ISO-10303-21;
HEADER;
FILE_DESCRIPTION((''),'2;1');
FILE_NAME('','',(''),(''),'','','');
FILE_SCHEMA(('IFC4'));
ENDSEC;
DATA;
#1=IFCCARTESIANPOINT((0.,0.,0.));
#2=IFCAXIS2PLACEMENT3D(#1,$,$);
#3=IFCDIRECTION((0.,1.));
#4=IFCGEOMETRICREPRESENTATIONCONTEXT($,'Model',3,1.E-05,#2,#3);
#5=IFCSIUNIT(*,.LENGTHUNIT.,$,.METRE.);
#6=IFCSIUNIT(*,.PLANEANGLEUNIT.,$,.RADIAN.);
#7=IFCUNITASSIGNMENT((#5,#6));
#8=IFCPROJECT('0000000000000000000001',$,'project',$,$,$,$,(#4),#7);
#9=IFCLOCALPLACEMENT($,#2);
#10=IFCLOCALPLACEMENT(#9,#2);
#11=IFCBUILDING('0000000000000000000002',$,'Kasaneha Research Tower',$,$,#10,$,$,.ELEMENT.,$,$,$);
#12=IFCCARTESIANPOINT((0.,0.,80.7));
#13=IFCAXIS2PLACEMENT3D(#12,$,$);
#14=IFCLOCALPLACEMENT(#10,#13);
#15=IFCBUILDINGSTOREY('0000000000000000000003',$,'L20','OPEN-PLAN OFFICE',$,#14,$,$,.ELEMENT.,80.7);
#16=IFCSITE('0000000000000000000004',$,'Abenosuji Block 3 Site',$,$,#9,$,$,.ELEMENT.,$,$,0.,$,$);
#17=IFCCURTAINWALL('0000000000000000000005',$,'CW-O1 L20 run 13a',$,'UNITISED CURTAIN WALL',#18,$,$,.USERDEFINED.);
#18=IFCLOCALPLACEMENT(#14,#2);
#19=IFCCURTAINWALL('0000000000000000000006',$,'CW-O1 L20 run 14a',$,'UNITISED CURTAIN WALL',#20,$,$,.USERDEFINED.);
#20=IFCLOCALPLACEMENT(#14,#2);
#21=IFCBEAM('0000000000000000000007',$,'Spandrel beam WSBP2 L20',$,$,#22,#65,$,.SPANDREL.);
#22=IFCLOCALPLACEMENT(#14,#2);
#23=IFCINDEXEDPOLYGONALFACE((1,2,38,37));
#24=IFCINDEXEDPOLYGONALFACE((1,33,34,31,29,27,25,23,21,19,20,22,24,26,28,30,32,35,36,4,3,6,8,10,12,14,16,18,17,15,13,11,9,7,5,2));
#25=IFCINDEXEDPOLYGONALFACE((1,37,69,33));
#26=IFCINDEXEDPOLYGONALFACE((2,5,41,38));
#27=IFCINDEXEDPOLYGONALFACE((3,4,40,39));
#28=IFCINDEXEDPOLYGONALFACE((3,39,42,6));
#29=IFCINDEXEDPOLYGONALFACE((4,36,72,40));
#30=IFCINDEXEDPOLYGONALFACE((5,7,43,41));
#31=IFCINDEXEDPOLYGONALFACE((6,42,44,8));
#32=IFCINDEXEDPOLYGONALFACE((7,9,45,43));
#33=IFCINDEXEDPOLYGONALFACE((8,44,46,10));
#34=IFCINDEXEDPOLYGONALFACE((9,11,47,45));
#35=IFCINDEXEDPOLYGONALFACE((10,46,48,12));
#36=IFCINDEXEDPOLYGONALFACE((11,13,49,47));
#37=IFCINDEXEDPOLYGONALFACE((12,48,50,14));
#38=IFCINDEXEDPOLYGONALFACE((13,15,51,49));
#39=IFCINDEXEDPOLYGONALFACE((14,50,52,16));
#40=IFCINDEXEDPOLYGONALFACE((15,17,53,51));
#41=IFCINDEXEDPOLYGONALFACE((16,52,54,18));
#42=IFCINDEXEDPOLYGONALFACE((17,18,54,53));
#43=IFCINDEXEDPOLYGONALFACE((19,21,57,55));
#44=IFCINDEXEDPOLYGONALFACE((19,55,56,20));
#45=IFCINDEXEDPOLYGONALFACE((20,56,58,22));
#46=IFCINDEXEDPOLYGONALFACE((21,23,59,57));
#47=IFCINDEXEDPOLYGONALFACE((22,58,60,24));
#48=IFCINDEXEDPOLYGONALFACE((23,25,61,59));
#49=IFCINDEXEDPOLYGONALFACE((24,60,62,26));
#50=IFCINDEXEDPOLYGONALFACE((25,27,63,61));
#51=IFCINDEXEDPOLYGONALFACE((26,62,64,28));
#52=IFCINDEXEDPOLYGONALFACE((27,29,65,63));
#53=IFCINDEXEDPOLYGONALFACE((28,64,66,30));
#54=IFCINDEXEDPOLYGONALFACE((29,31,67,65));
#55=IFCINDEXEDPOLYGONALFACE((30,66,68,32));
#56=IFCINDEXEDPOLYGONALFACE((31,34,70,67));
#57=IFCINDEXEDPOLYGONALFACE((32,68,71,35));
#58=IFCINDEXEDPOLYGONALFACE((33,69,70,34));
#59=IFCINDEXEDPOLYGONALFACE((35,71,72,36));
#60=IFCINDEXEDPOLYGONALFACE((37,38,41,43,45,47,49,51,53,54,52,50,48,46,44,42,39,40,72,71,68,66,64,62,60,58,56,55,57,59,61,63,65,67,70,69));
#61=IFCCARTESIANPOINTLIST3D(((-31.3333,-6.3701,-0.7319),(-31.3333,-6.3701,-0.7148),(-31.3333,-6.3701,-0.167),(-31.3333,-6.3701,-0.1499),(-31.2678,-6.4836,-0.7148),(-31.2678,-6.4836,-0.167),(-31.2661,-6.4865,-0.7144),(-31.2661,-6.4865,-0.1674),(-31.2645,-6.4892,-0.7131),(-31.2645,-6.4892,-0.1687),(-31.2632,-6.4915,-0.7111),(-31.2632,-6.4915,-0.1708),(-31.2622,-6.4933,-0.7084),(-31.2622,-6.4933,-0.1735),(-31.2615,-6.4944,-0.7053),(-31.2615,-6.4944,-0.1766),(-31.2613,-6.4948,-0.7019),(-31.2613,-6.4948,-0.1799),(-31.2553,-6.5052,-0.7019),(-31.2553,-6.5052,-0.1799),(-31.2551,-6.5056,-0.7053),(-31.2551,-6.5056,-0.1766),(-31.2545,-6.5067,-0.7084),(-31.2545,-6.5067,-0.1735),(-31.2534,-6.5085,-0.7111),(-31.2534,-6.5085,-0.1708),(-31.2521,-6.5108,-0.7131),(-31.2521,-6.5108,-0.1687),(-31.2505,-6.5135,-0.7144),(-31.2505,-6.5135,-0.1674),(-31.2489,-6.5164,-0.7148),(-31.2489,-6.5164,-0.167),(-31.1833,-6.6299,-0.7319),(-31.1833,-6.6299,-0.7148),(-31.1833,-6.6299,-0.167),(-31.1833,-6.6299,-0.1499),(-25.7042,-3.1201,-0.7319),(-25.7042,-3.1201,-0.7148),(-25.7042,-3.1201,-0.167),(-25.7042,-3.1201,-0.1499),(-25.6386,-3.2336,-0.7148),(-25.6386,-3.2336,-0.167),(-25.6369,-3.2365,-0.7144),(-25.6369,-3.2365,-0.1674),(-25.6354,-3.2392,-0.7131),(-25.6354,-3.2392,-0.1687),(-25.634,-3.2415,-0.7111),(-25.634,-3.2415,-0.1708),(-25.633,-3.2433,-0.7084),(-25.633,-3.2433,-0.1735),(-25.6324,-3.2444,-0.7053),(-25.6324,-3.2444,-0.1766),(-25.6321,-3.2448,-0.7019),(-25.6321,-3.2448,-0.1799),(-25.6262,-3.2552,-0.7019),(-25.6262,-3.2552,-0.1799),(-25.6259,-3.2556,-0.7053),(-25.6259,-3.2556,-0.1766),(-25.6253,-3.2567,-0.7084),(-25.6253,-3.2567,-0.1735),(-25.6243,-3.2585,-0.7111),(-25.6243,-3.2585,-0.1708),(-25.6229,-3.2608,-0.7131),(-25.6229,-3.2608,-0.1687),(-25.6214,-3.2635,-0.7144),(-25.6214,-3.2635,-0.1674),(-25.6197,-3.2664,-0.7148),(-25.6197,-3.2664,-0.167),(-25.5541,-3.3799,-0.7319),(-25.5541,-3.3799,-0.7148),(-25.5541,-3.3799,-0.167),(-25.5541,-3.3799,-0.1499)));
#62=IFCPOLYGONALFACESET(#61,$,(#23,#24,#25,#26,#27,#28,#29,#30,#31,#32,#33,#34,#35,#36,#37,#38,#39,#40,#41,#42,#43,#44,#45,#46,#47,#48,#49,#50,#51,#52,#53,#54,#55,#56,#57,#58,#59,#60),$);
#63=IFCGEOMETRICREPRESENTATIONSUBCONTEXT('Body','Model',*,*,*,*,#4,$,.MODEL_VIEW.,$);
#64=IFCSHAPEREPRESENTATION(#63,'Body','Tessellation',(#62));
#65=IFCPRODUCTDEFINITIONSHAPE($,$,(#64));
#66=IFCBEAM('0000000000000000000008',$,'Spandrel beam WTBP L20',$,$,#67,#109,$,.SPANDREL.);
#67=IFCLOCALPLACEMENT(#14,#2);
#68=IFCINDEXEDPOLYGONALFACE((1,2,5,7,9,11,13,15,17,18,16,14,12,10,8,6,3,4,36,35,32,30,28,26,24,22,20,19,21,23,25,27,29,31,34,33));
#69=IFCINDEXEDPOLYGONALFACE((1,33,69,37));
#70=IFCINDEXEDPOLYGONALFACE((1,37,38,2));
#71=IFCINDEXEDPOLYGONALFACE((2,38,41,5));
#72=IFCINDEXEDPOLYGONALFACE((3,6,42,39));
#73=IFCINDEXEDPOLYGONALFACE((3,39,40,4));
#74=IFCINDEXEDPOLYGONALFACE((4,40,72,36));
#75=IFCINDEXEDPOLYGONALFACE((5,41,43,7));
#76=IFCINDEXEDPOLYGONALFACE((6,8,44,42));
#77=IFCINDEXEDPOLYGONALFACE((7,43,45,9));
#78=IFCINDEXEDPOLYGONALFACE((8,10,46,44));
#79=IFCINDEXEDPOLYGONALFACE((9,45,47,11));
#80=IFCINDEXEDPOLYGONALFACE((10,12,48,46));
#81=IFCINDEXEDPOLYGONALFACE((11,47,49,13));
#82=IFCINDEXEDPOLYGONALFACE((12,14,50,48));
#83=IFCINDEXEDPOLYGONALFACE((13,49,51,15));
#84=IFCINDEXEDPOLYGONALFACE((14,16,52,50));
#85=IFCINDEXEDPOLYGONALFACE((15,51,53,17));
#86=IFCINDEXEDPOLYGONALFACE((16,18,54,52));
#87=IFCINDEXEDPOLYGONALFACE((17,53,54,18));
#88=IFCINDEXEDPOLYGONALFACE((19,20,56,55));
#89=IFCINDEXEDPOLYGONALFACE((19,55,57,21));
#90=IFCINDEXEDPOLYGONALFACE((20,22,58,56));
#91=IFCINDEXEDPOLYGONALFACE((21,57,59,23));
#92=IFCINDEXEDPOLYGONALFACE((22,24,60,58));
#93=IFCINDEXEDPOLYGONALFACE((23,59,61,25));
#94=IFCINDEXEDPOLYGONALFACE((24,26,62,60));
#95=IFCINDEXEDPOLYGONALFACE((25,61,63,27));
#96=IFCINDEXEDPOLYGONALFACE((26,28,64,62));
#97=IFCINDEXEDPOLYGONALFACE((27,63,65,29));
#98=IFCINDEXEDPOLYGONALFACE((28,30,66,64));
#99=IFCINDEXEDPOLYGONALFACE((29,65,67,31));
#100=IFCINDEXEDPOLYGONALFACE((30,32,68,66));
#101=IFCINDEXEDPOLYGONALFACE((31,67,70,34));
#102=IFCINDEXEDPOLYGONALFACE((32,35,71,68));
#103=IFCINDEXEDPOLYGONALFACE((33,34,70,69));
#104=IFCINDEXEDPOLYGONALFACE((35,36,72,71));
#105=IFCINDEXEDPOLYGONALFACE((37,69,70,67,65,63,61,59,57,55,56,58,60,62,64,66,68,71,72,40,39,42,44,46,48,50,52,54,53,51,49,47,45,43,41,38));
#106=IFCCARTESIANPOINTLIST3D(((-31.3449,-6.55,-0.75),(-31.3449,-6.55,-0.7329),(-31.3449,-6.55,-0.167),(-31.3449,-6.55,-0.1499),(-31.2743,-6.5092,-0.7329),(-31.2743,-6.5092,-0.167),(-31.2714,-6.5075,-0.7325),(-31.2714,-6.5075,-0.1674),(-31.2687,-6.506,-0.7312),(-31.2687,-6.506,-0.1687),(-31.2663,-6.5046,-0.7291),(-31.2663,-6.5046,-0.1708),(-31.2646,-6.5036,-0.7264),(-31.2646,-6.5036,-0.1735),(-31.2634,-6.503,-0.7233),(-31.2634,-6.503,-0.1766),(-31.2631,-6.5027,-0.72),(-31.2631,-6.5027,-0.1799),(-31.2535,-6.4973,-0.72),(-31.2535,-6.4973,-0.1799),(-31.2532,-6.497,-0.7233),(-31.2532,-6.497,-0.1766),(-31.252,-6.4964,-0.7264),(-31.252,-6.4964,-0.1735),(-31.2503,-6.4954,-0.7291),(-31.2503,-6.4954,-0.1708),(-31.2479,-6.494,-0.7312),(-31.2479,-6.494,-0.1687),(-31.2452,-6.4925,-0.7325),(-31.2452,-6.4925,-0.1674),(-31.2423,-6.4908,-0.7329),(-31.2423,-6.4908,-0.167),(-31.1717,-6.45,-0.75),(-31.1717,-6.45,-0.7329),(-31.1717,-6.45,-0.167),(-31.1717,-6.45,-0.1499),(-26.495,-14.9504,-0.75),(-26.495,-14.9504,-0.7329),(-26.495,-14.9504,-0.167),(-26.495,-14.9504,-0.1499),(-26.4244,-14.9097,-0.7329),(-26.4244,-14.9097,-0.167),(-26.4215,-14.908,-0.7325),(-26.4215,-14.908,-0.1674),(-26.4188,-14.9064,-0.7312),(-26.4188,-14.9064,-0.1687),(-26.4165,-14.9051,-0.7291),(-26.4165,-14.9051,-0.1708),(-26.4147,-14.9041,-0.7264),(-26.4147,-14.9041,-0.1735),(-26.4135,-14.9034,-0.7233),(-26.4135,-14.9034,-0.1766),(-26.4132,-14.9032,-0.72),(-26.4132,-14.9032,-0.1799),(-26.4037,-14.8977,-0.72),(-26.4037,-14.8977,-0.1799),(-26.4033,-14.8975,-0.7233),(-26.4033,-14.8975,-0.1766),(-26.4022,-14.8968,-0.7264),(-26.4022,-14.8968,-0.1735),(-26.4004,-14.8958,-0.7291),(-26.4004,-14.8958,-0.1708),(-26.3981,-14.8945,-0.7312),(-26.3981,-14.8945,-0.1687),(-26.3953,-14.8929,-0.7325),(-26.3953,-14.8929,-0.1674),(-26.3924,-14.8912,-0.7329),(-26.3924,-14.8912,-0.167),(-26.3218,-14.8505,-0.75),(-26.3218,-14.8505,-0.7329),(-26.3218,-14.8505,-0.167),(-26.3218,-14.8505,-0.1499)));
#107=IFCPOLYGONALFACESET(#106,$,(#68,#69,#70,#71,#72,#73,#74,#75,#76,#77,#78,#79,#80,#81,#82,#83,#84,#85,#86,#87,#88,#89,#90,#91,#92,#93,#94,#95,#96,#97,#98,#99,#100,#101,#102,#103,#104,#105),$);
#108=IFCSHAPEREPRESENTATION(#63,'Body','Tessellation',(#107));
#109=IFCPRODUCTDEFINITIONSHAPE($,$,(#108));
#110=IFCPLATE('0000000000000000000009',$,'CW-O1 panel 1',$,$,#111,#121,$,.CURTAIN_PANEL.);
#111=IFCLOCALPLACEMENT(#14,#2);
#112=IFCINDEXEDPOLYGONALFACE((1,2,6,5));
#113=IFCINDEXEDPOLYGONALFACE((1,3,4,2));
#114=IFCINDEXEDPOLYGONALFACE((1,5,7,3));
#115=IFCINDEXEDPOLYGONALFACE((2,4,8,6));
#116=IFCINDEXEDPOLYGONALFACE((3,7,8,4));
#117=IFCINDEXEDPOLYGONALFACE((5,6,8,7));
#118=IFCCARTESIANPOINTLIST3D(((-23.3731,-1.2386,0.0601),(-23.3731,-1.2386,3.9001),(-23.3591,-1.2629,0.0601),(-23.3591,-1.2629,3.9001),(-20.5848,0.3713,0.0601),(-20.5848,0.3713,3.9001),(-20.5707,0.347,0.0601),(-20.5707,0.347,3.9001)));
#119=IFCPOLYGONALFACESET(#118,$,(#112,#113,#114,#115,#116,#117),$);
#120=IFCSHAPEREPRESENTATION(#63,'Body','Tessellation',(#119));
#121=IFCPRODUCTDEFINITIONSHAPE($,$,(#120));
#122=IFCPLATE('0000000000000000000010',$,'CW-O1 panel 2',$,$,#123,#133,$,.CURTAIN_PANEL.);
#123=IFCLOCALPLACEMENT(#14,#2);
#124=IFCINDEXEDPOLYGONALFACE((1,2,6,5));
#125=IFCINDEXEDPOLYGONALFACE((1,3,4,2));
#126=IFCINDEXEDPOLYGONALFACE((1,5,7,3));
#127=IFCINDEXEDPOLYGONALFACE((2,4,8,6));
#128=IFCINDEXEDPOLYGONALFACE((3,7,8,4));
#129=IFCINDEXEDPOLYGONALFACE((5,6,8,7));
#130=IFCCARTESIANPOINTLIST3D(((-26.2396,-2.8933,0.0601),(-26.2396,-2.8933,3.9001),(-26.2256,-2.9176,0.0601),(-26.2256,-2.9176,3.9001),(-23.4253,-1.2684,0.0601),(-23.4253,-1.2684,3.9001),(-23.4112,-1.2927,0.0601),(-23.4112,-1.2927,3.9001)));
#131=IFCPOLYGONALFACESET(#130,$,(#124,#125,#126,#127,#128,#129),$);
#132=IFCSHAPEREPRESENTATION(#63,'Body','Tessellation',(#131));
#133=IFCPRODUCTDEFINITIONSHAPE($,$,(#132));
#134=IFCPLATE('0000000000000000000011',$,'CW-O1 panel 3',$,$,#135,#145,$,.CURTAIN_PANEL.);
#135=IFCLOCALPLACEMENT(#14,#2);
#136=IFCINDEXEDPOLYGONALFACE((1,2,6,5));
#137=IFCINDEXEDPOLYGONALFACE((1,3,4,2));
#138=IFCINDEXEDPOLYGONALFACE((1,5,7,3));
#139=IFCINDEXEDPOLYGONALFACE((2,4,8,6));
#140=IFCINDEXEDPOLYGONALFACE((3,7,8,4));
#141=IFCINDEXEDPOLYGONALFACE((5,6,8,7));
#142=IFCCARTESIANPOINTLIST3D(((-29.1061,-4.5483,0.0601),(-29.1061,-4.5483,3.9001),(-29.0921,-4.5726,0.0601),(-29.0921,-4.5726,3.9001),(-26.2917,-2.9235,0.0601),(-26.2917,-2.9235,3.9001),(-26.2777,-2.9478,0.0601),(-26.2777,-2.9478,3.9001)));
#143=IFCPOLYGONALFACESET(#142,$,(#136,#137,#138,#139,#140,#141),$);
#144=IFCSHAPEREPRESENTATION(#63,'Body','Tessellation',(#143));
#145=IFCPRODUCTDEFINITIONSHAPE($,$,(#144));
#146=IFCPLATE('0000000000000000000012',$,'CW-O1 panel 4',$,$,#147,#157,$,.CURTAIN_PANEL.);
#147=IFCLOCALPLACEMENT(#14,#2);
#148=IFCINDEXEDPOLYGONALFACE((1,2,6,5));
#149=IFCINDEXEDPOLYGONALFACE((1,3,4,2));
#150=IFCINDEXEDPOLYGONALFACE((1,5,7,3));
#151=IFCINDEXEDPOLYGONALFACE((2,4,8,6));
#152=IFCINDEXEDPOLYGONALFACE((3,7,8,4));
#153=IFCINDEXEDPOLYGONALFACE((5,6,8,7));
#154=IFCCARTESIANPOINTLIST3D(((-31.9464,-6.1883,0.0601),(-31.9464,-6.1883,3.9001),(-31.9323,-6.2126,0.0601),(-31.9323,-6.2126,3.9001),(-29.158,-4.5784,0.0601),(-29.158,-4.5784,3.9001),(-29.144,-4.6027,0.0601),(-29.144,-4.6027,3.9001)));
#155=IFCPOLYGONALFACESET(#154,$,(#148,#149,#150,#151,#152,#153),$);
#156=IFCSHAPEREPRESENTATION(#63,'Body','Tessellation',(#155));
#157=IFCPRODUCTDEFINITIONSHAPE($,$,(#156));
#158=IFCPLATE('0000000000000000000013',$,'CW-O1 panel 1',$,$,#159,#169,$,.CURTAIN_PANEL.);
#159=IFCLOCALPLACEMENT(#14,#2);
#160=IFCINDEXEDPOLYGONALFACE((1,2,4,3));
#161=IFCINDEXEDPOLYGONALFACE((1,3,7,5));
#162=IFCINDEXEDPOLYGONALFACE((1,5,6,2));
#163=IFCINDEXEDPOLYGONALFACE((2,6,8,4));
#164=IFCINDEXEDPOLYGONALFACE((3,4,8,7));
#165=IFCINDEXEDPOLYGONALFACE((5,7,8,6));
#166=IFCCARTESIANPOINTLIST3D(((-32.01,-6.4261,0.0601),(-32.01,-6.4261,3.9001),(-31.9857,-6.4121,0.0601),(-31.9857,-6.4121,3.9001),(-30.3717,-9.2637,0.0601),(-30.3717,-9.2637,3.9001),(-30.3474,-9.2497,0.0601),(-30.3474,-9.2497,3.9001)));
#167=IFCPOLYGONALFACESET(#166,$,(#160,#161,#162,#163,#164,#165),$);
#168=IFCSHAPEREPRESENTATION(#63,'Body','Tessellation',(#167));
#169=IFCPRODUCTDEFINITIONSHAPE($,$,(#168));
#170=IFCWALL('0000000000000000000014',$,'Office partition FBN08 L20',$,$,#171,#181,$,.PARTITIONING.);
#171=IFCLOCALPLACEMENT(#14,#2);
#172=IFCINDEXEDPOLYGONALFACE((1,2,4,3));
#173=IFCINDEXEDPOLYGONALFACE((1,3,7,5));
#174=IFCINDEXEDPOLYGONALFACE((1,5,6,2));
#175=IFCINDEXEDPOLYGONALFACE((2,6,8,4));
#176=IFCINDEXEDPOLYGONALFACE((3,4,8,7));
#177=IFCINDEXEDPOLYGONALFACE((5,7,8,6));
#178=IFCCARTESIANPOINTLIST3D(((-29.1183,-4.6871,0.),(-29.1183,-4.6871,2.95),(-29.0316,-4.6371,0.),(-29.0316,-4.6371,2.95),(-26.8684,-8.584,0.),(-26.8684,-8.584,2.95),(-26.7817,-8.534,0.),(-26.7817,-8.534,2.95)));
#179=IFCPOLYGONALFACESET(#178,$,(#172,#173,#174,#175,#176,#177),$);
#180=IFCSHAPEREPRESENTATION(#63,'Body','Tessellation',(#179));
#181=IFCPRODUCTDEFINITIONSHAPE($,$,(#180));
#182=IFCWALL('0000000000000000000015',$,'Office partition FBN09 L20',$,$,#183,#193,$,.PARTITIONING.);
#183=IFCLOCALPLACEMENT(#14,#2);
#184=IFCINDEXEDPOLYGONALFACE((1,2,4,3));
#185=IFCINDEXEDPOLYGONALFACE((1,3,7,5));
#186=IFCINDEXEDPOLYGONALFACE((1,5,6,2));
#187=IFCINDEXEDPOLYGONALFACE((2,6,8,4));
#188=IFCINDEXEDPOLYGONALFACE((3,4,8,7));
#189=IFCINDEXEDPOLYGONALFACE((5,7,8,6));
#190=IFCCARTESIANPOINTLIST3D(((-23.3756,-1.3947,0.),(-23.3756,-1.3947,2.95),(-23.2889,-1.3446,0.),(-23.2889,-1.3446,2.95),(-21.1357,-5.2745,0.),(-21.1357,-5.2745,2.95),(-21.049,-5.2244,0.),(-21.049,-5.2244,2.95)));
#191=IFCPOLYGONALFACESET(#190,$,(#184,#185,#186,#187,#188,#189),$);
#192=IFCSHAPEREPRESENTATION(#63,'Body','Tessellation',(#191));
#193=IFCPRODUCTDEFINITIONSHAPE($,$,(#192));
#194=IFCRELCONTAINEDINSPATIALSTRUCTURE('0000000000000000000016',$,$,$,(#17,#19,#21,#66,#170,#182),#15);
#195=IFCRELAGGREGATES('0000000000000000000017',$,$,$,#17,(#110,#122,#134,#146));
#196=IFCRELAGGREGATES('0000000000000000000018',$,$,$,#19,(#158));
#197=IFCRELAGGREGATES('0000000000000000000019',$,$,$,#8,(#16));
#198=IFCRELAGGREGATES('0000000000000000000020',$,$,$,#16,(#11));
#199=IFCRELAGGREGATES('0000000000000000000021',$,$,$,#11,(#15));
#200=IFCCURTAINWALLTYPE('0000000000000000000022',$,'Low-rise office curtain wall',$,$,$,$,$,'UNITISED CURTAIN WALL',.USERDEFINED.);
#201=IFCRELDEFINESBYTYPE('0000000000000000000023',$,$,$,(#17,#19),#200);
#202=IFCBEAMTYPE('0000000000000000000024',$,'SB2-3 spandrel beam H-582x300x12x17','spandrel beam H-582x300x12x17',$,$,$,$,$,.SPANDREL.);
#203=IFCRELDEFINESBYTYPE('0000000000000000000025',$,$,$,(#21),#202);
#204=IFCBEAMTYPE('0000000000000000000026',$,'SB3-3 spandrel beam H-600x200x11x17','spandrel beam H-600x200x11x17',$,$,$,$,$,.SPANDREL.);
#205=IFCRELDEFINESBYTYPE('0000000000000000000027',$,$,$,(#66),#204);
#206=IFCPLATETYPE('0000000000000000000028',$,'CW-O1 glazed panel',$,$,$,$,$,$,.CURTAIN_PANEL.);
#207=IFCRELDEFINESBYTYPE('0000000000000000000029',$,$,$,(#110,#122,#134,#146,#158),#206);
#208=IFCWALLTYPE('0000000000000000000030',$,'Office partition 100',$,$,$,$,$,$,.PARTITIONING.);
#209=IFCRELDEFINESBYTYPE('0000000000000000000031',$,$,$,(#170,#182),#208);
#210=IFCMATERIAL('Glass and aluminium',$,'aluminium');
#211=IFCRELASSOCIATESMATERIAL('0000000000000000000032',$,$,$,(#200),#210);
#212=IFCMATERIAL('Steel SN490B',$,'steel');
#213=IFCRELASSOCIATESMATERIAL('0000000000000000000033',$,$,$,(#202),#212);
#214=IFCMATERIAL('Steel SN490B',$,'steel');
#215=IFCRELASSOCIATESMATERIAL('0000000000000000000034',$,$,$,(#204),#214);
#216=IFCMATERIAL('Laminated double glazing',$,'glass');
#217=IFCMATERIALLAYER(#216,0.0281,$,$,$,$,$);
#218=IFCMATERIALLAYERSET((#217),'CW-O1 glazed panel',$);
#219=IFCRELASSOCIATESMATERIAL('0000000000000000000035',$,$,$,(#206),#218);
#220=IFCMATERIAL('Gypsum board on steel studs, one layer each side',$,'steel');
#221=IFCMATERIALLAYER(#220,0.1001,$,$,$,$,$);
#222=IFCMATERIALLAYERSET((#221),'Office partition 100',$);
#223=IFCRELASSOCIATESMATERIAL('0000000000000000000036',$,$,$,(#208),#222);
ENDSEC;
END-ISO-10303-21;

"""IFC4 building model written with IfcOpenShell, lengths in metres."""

from ifc_helpers import new_model, si_unit, direction, frame, frame_2d, origin, origin_2d, place, context, subcontext, project, spatial, rectangle, i_section, extrude, material, layer, layer_set, material_profile, profile_set, type_object, element, aggregate, save


model = new_model("IFC4")

# Units and contexts
model_context = context("Model", 3, precision=1e-05, world=origin(), true_north=direction((0.0, 1.0)))
body_context = subcontext(model_context, "Body", "Model", "MODEL_VIEW")
ifc_project = project(units=[si_unit("LENGTHUNIT", "METRE"), si_unit("PLANEANGLEUNIT", "RADIAN")], contexts=[model_context])

# Site, building, storey
site_placement = place(None, origin())
site = spatial("IfcSite", under=ifc_project, at=site_placement, Name="Abenosuji Block 3 Site", CompositionType="ELEMENT", RefElevation=0.0)
building_placement = place(site_placement, origin())
building = spatial("IfcBuilding", under=site, at=building_placement, Name="Kasaneha Research Tower", CompositionType="ELEMENT")
storey_placement = place(building_placement, frame((0.0, 0.0, 80.7)))
storey = spatial("IfcBuildingStorey", under=building, at=storey_placement, Name="L20", Description="OPEN-PLAN OFFICE", CompositionType="ELEMENT", Elevation=80.7)

# Curtain walls
ifc_material_1 = material(Name="Glass and aluminium", Category="aluminium")
curtain_wall_type = type_object("IfcCurtainWallType", Name="Low-rise office curtain wall", ElementType="UNITISED CURTAIN WALL", PredefinedType="USERDEFINED", material=ifc_material_1)
curtain_wall_1_placement = place(storey_placement, origin())
curtain_wall_1 = element("IfcCurtainWall", 1, at=curtain_wall_1_placement, inside=storey, type_object=curtain_wall_type, Name="CW-O1 L20 run 13a", ObjectType="UNITISED CURTAIN WALL", PredefinedType="USERDEFINED")
curtain_wall_2_placement = place(storey_placement, origin())
curtain_wall_2 = element("IfcCurtainWall", 2, at=curtain_wall_2_placement, inside=storey, type_object=curtain_wall_type, Name="CW-O1 L20 run 14a", ObjectType="UNITISED CURTAIN WALL", PredefinedType="USERDEFINED")

# Beams
ifc_material_2 = material(Name="Steel SN490B", Category="steel")
ifc_material_profile_1 = material_profile(ifc_material_2, i_section(OverallWidth=0.3, OverallDepth=0.582, WebThickness=0.012, FlangeThickness=0.0171, FilletRadius=0.0129, at=origin_2d()), Name="H-582x300x12x17")
ifc_profile_set_1 = profile_set([ifc_material_profile_1], Name="Steel SN490B")
beam_type_1 = type_object("IfcBeamType", Name="SB2-3 spandrel beam H-582x300x12x17", Description="spandrel beam H-582x300x12x17", PredefinedType="SPANDREL", material=ifc_profile_set_1)
beam_1_placement = place(storey_placement, frame((-25.6292, -3.25, -0.4409), z_axis=(-0.866025, -0.500001, 0.0), x_axis=(0.500001, -0.866025, 0.0)))
element("IfcBeam", 3, at=beam_1_placement, inside=storey, type_object=beam_type_1, Name="Spandrel beam WSBP2 L20", PredefinedType="SPANDREL", context=body_context, shape_type="SweptSolid", body=[
    extrude(i_section(OverallWidth=0.3, OverallDepth=0.582, WebThickness=0.012, FlangeThickness=0.0171, FilletRadius=0.0129, at=origin_2d()), origin(), (0.0, 0.0, 1.0), 6.5),
])
ifc_material_3 = material(Name="Steel SN490B", Category="steel")
ifc_material_profile_2 = material_profile(ifc_material_3, i_section(OverallWidth=0.2, OverallDepth=0.6001, WebThickness=0.011, FlangeThickness=0.0171, FilletRadius=0.0129, at=origin_2d()), Name="H-600x200x11x17")
ifc_profile_set_2 = profile_set([ifc_material_profile_2], Name="Steel SN490B")
beam_type_2 = type_object("IfcBeamType", Name="SB3-3 spandrel beam H-600x200x11x17", Description="spandrel beam H-600x200x11x17", PredefinedType="SPANDREL", material=ifc_profile_set_2)
beam_2_placement = place(storey_placement, frame((-31.2583, -6.5, -0.45), z_axis=(0.499991, -0.866031, 0.0), x_axis=(0.866031, 0.499991, 0.0)))
element("IfcBeam", 4, at=beam_2_placement, inside=storey, type_object=beam_type_2, Name="Spandrel beam WTBP L20", PredefinedType="SPANDREL", context=body_context, shape_type="SweptSolid", body=[
    extrude(i_section(OverallWidth=0.2, OverallDepth=0.6001, WebThickness=0.011, FlangeThickness=0.0171, FilletRadius=0.0129, at=origin_2d()), origin(), (0.0, 0.0, 1.0), 9.7),
])

# Plates
ifc_material_4 = material(Name="Laminated double glazing", Category="glass")
ifc_layer_1 = layer(ifc_material_4, 0.0281)
ifc_layer_set_1 = layer_set([ifc_layer_1], Name="CW-O1 glazed panel")
plate_type = type_object("IfcPlateType", Name="CW-O1 glazed panel", PredefinedType="CURTAIN_PANEL", material=ifc_layer_set_1)
plate_1_placement = place(storey_placement, frame((-21.9719, -0.4458, 0.0601), z_axis=(0.0, 0.0, 1.0), x_axis=(-0.866025, -0.5, 0.0)))
plate_1 = element("IfcPlate", 5, at=plate_1_placement, type_object=plate_type, Name="CW-O1 panel 1", PredefinedType="CURTAIN_PANEL", context=body_context, shape_type="SweptSolid", body=[
    extrude(rectangle(XDim=3.2197, YDim=0.0281, at=origin_2d()), origin(), (0.0, 0.0, 1.0), 3.8401),
])
plate_2_placement = place(storey_placement, frame((-24.8254, -2.093, 0.0601), z_axis=(0.0, 0.0, 1.0), x_axis=(-0.866025, -0.5, 0.0)))
plate_2 = element("IfcPlate", 6, at=plate_2_placement, type_object=plate_type, Name="CW-O1 panel 2", PredefinedType="CURTAIN_PANEL", context=body_context, shape_type="SweptSolid", body=[
    extrude(rectangle(XDim=3.2498, YDim=0.0281, at=origin_2d()), origin(), (0.0, 0.0, 1.0), 3.8401),
])
plate_3_placement = place(storey_placement, frame((-27.6919, -3.748, 0.0601), z_axis=(0.0, 0.0, 1.0), x_axis=(-0.866025, -0.5, 0.0)))
plate_3 = element("IfcPlate", 7, at=plate_3_placement, type_object=plate_type, Name="CW-O1 panel 3", PredefinedType="CURTAIN_PANEL", context=body_context, shape_type="SweptSolid", body=[
    extrude(rectangle(XDim=3.2498, YDim=0.0281, at=origin_2d()), origin(), (0.0, 0.0, 1.0), 3.8401),
])
plate_4_placement = place(storey_placement, frame((-30.5452, -5.3955, 0.0601), z_axis=(0.0, 0.0, 1.0), x_axis=(-0.866025, -0.5, 0.0)))
plate_4 = element("IfcPlate", 8, at=plate_4_placement, type_object=plate_type, Name="CW-O1 panel 4", PredefinedType="CURTAIN_PANEL", context=body_context, shape_type="SweptSolid", body=[
    extrude(rectangle(XDim=3.2197, YDim=0.0281, at=origin_2d()), origin(), (0.0, 0.0, 1.0), 3.8401),
])
aggregate(curtain_wall_1, [plate_1, plate_2, plate_3, plate_4])
plate_5_placement = place(storey_placement, frame((-31.1787, -7.8379, 0.0601), z_axis=(0.0, 0.0, 1.0), x_axis=(0.5, -0.866025, 0.0)))
plate_5 = element("IfcPlate", 9, at=plate_5_placement, type_object=plate_type, Name="CW-O1 panel 1", PredefinedType="CURTAIN_PANEL", context=body_context, shape_type="SweptSolid", body=[
    extrude(rectangle(XDim=3.2766, YDim=0.0281, at=origin_2d()), origin(), (0.0, 0.0, 1.0), 3.8401),
])
aggregate(curtain_wall_2, [plate_5])

# Walls
ifc_material_5 = material(Name="Gypsum board on steel studs, one layer each side", Category="steel")
ifc_layer_2 = layer(ifc_material_5, 0.1001)
ifc_layer_set_2 = layer_set([ifc_layer_2], Name="Office partition 100")
wall_type = type_object("IfcWallType", Name="Office partition 100", PredefinedType="PARTITIONING", material=ifc_layer_set_2)
wall_1_placement = place(storey_placement, frame((-26.825, -8.5591, 0.0), z_axis=(0.0, 0.0, 1.0), x_axis=(-0.500014, 0.866018, 0.0)))
element("IfcWall", 10, at=wall_1_placement, inside=storey, type_object=wall_type, Name="Office partition FBN08 L20", PredefinedType="PARTITIONING", context=body_context, shape_type="SweptSolid", body=[
    extrude(rectangle(XDim=4.4998, YDim=0.1001, at=frame_2d((2.25, 0.0))), origin(), (0.0, 0.0, 1.0), 2.95),
])
wall_2_placement = place(storey_placement, frame((-23.3323, -1.3696, 0.0), z_axis=(0.0, 0.0, 1.0), x_axis=(0.49999, -0.866031, 0.0)))
element("IfcWall", 11, at=wall_2_placement, inside=storey, type_object=wall_type, Name="Office partition FBN09 L20", PredefinedType="PARTITIONING", context=body_context, shape_type="SweptSolid", body=[
    extrude(rectangle(XDim=4.48, YDim=0.1001, at=frame_2d((2.24, 0.0))), origin(), (0.0, 0.0, 1.0), 2.95),
])

save(model, "model.ifc")
